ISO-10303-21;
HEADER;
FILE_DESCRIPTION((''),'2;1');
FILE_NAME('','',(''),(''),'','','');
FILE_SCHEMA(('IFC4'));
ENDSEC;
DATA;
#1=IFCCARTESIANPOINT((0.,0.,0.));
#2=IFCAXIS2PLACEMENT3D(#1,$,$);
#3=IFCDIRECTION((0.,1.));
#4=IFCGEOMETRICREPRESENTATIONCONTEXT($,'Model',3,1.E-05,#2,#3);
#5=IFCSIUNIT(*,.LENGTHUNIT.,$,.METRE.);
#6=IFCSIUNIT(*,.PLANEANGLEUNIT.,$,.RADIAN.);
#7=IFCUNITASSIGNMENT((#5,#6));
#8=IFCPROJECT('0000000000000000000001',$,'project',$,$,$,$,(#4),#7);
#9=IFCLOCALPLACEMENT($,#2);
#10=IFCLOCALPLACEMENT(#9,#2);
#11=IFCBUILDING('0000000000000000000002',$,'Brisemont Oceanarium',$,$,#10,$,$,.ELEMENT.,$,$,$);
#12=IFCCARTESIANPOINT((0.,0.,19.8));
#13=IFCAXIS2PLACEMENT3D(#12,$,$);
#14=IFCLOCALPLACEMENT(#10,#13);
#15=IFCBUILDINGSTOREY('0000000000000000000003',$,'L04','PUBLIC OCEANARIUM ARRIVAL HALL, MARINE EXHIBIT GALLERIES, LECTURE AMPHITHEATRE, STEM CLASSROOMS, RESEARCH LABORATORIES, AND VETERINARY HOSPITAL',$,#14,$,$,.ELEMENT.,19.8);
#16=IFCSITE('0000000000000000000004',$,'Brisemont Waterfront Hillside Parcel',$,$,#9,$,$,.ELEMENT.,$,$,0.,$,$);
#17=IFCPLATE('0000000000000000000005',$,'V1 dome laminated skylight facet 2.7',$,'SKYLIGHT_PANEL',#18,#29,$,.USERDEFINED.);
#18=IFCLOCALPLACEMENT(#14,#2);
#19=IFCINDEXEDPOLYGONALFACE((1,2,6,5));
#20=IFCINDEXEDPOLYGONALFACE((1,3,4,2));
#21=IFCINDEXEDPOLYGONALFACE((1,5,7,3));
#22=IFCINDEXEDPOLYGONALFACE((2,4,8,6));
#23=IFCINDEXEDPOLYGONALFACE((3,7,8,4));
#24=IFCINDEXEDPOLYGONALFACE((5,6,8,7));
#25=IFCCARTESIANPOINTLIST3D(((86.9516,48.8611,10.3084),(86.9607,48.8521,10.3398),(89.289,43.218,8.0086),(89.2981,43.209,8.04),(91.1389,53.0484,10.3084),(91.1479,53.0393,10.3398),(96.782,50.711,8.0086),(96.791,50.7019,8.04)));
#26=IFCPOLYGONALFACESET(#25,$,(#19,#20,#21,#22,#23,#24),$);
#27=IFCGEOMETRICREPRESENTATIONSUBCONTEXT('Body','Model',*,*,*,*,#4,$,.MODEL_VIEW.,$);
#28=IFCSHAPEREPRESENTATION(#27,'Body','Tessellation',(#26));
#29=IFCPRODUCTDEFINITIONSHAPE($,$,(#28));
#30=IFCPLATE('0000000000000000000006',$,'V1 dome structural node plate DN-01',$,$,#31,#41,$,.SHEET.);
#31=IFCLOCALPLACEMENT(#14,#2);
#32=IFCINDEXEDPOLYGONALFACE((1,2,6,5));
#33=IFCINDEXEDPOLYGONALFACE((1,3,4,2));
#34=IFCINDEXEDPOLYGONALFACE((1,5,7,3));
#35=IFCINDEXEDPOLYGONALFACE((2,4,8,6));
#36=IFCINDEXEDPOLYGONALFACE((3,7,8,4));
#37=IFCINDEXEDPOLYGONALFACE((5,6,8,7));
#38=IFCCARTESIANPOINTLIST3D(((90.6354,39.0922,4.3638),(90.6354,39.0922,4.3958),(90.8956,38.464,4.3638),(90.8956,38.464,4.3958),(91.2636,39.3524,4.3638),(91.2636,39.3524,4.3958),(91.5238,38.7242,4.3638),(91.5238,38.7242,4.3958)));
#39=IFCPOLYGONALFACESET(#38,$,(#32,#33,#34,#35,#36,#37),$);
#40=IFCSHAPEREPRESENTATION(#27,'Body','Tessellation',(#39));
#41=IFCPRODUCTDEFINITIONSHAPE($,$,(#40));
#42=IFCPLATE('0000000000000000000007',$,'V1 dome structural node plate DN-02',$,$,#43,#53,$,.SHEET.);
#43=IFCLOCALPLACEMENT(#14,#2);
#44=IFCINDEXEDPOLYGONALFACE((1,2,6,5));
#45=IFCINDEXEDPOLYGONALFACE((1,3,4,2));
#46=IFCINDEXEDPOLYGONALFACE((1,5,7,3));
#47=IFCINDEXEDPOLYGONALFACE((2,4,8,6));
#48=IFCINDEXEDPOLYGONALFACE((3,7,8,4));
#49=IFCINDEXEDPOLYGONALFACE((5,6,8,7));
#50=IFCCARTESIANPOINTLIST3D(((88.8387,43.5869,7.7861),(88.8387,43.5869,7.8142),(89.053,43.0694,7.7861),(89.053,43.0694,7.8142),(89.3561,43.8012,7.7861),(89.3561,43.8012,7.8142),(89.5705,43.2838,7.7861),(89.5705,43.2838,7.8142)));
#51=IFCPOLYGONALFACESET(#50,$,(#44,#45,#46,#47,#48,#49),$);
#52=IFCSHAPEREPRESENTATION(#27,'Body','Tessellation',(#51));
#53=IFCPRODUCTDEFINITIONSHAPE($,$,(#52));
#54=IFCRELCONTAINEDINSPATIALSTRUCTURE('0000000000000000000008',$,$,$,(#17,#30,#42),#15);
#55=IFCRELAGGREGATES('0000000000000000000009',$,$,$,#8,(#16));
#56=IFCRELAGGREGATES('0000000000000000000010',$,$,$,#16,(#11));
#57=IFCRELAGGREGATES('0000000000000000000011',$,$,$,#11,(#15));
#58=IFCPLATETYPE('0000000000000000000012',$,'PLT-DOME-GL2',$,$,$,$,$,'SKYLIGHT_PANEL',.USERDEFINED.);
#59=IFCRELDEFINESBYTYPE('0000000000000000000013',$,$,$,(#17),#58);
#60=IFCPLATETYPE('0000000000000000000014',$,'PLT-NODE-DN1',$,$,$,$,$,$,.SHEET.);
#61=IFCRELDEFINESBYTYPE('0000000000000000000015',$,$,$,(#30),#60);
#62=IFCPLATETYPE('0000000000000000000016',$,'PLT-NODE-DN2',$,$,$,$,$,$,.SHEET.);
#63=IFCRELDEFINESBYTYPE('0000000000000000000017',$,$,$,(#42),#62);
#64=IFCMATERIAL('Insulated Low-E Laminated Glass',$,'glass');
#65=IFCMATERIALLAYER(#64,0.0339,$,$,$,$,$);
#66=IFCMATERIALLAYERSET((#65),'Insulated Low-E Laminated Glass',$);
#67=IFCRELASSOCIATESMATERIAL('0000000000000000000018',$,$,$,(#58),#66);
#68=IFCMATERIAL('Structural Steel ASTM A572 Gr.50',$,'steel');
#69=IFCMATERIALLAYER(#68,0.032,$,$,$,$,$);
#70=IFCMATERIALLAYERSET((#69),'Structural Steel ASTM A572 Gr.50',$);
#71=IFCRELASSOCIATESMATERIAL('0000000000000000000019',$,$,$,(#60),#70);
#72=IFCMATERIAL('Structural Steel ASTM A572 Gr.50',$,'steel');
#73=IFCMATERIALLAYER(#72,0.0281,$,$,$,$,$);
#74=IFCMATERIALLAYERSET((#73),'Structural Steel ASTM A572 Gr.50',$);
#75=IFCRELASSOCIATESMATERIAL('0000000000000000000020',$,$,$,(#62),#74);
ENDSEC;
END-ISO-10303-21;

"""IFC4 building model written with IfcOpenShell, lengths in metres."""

from ifc_helpers import new_model, si_unit, direction, frame, origin, origin_2d, place, context, subcontext, project, spatial, polyline, rectangle, outline, extrude, material, layer, layer_set, type_object, element, save


model = new_model("IFC4")

# Units and contexts
model_context = context("Model", 3, precision=1e-05, world=origin(), true_north=direction((0.0, 1.0)))
body_context = subcontext(model_context, "Body", "Model", "MODEL_VIEW")
ifc_project = project(units=[si_unit("LENGTHUNIT", "METRE"), si_unit("PLANEANGLEUNIT", "RADIAN")], contexts=[model_context])

# Site, building, storey
site_placement = place(None, origin())
site = spatial("IfcSite", under=ifc_project, at=site_placement, Name="Brisemont Waterfront Hillside Parcel", CompositionType="ELEMENT", RefElevation=0.0)
building_placement = place(site_placement, origin())
building = spatial("IfcBuilding", under=site, at=building_placement, Name="Brisemont Oceanarium", CompositionType="ELEMENT")
storey_placement = place(building_placement, frame((0.0, 0.0, 19.8)))
storey = spatial("IfcBuildingStorey", under=building, at=storey_placement, Name="L04", Description="PUBLIC OCEANARIUM ARRIVAL HALL, MARINE EXHIBIT GALLERIES, LECTURE AMPHITHEATRE, STEM CLASSROOMS, RESEARCH LABORATORIES, AND VETERINARY HOSPITAL", CompositionType="ELEMENT", Elevation=19.8)

# Plates
ifc_material_1 = material(Name="Insulated Low-E Laminated Glass", Category="glass")
ifc_layer_1 = layer(ifc_material_1, 0.0339)
ifc_layer_set_1 = layer_set([ifc_layer_1], Name="Insulated Low-E Laminated Glass")
plate_type_1 = type_object("IfcPlateType", Name="PLT-DOME-GL2", ElementType="SKYLIGHT_PANEL", PredefinedType="USERDEFINED", material=ifc_layer_set_1)
plate_1_placement = place(storey_placement, frame((89.2981, 43.209, 8.04), z_axis=(0.266868, -0.266868, 0.926047), x_axis=(0.707107, 0.707107, 0.0)))
element("IfcPlate", 1, at=plate_1_placement, inside=storey, type_object=plate_type_1, Name="V1 dome laminated skylight facet 2.7", ObjectType="SKYLIGHT_PANEL", PredefinedType="USERDEFINED", context=body_context, shape_type="SweptSolid", body=[
    extrude(outline(polyline([(0.0, 0.0), (10.5966, 0.0), (8.2591, 6.0937), (2.3375, 6.0937), (0.0, 0.0)])), origin(), (0.0, 0.0, -1.0), 0.0339),
])
ifc_material_2 = material(Name="Structural Steel ASTM A572 Gr.50", Category="steel")
ifc_layer_2 = layer(ifc_material_2, 0.032)
ifc_layer_set_2 = layer_set([ifc_layer_2], Name="Structural Steel ASTM A572 Gr.50")
plate_type_2 = type_object("IfcPlateType", Name="PLT-NODE-DN1", PredefinedType="SHEET", material=ifc_layer_set_2)
plate_2_placement = place(storey_placement, frame((91.0796, 38.9082, 4.3638), z_axis=(0.0, 0.0, 1.0), x_axis=(0.382683, -0.92388, 0.0)))
element("IfcPlate", 2, at=plate_2_placement, inside=storey, type_object=plate_type_2, Name="V1 dome structural node plate DN-01", PredefinedType="SHEET", context=body_context, shape_type="SweptSolid", body=[
    extrude(rectangle(XDim=0.6799, YDim=0.6799, at=origin_2d()), origin(), (0.0, 0.0, 1.0), 0.032),
])
ifc_material_3 = material(Name="Structural Steel ASTM A572 Gr.50", Category="steel")
ifc_layer_3 = layer(ifc_material_3, 0.0281)
ifc_layer_set_3 = layer_set([ifc_layer_3], Name="Structural Steel ASTM A572 Gr.50")
plate_type_3 = type_object("IfcPlateType", Name="PLT-NODE-DN2", PredefinedType="SHEET", material=ifc_layer_set_3)
plate_3_placement = place(storey_placement, frame((89.2046, 43.4353, 7.7861), z_axis=(0.0, 0.0, 1.0), x_axis=(0.382683, -0.92388, 0.0)))
element("IfcPlate", 3, at=plate_3_placement, inside=storey, type_object=plate_type_3, Name="V1 dome structural node plate DN-02", PredefinedType="SHEET", context=body_context, shape_type="SweptSolid", body=[
    extrude(rectangle(XDim=0.5601, YDim=0.5601, at=origin_2d()), origin(), (0.0, 0.0, 1.0), 0.0281),
])

save(model, "model.ifc")
